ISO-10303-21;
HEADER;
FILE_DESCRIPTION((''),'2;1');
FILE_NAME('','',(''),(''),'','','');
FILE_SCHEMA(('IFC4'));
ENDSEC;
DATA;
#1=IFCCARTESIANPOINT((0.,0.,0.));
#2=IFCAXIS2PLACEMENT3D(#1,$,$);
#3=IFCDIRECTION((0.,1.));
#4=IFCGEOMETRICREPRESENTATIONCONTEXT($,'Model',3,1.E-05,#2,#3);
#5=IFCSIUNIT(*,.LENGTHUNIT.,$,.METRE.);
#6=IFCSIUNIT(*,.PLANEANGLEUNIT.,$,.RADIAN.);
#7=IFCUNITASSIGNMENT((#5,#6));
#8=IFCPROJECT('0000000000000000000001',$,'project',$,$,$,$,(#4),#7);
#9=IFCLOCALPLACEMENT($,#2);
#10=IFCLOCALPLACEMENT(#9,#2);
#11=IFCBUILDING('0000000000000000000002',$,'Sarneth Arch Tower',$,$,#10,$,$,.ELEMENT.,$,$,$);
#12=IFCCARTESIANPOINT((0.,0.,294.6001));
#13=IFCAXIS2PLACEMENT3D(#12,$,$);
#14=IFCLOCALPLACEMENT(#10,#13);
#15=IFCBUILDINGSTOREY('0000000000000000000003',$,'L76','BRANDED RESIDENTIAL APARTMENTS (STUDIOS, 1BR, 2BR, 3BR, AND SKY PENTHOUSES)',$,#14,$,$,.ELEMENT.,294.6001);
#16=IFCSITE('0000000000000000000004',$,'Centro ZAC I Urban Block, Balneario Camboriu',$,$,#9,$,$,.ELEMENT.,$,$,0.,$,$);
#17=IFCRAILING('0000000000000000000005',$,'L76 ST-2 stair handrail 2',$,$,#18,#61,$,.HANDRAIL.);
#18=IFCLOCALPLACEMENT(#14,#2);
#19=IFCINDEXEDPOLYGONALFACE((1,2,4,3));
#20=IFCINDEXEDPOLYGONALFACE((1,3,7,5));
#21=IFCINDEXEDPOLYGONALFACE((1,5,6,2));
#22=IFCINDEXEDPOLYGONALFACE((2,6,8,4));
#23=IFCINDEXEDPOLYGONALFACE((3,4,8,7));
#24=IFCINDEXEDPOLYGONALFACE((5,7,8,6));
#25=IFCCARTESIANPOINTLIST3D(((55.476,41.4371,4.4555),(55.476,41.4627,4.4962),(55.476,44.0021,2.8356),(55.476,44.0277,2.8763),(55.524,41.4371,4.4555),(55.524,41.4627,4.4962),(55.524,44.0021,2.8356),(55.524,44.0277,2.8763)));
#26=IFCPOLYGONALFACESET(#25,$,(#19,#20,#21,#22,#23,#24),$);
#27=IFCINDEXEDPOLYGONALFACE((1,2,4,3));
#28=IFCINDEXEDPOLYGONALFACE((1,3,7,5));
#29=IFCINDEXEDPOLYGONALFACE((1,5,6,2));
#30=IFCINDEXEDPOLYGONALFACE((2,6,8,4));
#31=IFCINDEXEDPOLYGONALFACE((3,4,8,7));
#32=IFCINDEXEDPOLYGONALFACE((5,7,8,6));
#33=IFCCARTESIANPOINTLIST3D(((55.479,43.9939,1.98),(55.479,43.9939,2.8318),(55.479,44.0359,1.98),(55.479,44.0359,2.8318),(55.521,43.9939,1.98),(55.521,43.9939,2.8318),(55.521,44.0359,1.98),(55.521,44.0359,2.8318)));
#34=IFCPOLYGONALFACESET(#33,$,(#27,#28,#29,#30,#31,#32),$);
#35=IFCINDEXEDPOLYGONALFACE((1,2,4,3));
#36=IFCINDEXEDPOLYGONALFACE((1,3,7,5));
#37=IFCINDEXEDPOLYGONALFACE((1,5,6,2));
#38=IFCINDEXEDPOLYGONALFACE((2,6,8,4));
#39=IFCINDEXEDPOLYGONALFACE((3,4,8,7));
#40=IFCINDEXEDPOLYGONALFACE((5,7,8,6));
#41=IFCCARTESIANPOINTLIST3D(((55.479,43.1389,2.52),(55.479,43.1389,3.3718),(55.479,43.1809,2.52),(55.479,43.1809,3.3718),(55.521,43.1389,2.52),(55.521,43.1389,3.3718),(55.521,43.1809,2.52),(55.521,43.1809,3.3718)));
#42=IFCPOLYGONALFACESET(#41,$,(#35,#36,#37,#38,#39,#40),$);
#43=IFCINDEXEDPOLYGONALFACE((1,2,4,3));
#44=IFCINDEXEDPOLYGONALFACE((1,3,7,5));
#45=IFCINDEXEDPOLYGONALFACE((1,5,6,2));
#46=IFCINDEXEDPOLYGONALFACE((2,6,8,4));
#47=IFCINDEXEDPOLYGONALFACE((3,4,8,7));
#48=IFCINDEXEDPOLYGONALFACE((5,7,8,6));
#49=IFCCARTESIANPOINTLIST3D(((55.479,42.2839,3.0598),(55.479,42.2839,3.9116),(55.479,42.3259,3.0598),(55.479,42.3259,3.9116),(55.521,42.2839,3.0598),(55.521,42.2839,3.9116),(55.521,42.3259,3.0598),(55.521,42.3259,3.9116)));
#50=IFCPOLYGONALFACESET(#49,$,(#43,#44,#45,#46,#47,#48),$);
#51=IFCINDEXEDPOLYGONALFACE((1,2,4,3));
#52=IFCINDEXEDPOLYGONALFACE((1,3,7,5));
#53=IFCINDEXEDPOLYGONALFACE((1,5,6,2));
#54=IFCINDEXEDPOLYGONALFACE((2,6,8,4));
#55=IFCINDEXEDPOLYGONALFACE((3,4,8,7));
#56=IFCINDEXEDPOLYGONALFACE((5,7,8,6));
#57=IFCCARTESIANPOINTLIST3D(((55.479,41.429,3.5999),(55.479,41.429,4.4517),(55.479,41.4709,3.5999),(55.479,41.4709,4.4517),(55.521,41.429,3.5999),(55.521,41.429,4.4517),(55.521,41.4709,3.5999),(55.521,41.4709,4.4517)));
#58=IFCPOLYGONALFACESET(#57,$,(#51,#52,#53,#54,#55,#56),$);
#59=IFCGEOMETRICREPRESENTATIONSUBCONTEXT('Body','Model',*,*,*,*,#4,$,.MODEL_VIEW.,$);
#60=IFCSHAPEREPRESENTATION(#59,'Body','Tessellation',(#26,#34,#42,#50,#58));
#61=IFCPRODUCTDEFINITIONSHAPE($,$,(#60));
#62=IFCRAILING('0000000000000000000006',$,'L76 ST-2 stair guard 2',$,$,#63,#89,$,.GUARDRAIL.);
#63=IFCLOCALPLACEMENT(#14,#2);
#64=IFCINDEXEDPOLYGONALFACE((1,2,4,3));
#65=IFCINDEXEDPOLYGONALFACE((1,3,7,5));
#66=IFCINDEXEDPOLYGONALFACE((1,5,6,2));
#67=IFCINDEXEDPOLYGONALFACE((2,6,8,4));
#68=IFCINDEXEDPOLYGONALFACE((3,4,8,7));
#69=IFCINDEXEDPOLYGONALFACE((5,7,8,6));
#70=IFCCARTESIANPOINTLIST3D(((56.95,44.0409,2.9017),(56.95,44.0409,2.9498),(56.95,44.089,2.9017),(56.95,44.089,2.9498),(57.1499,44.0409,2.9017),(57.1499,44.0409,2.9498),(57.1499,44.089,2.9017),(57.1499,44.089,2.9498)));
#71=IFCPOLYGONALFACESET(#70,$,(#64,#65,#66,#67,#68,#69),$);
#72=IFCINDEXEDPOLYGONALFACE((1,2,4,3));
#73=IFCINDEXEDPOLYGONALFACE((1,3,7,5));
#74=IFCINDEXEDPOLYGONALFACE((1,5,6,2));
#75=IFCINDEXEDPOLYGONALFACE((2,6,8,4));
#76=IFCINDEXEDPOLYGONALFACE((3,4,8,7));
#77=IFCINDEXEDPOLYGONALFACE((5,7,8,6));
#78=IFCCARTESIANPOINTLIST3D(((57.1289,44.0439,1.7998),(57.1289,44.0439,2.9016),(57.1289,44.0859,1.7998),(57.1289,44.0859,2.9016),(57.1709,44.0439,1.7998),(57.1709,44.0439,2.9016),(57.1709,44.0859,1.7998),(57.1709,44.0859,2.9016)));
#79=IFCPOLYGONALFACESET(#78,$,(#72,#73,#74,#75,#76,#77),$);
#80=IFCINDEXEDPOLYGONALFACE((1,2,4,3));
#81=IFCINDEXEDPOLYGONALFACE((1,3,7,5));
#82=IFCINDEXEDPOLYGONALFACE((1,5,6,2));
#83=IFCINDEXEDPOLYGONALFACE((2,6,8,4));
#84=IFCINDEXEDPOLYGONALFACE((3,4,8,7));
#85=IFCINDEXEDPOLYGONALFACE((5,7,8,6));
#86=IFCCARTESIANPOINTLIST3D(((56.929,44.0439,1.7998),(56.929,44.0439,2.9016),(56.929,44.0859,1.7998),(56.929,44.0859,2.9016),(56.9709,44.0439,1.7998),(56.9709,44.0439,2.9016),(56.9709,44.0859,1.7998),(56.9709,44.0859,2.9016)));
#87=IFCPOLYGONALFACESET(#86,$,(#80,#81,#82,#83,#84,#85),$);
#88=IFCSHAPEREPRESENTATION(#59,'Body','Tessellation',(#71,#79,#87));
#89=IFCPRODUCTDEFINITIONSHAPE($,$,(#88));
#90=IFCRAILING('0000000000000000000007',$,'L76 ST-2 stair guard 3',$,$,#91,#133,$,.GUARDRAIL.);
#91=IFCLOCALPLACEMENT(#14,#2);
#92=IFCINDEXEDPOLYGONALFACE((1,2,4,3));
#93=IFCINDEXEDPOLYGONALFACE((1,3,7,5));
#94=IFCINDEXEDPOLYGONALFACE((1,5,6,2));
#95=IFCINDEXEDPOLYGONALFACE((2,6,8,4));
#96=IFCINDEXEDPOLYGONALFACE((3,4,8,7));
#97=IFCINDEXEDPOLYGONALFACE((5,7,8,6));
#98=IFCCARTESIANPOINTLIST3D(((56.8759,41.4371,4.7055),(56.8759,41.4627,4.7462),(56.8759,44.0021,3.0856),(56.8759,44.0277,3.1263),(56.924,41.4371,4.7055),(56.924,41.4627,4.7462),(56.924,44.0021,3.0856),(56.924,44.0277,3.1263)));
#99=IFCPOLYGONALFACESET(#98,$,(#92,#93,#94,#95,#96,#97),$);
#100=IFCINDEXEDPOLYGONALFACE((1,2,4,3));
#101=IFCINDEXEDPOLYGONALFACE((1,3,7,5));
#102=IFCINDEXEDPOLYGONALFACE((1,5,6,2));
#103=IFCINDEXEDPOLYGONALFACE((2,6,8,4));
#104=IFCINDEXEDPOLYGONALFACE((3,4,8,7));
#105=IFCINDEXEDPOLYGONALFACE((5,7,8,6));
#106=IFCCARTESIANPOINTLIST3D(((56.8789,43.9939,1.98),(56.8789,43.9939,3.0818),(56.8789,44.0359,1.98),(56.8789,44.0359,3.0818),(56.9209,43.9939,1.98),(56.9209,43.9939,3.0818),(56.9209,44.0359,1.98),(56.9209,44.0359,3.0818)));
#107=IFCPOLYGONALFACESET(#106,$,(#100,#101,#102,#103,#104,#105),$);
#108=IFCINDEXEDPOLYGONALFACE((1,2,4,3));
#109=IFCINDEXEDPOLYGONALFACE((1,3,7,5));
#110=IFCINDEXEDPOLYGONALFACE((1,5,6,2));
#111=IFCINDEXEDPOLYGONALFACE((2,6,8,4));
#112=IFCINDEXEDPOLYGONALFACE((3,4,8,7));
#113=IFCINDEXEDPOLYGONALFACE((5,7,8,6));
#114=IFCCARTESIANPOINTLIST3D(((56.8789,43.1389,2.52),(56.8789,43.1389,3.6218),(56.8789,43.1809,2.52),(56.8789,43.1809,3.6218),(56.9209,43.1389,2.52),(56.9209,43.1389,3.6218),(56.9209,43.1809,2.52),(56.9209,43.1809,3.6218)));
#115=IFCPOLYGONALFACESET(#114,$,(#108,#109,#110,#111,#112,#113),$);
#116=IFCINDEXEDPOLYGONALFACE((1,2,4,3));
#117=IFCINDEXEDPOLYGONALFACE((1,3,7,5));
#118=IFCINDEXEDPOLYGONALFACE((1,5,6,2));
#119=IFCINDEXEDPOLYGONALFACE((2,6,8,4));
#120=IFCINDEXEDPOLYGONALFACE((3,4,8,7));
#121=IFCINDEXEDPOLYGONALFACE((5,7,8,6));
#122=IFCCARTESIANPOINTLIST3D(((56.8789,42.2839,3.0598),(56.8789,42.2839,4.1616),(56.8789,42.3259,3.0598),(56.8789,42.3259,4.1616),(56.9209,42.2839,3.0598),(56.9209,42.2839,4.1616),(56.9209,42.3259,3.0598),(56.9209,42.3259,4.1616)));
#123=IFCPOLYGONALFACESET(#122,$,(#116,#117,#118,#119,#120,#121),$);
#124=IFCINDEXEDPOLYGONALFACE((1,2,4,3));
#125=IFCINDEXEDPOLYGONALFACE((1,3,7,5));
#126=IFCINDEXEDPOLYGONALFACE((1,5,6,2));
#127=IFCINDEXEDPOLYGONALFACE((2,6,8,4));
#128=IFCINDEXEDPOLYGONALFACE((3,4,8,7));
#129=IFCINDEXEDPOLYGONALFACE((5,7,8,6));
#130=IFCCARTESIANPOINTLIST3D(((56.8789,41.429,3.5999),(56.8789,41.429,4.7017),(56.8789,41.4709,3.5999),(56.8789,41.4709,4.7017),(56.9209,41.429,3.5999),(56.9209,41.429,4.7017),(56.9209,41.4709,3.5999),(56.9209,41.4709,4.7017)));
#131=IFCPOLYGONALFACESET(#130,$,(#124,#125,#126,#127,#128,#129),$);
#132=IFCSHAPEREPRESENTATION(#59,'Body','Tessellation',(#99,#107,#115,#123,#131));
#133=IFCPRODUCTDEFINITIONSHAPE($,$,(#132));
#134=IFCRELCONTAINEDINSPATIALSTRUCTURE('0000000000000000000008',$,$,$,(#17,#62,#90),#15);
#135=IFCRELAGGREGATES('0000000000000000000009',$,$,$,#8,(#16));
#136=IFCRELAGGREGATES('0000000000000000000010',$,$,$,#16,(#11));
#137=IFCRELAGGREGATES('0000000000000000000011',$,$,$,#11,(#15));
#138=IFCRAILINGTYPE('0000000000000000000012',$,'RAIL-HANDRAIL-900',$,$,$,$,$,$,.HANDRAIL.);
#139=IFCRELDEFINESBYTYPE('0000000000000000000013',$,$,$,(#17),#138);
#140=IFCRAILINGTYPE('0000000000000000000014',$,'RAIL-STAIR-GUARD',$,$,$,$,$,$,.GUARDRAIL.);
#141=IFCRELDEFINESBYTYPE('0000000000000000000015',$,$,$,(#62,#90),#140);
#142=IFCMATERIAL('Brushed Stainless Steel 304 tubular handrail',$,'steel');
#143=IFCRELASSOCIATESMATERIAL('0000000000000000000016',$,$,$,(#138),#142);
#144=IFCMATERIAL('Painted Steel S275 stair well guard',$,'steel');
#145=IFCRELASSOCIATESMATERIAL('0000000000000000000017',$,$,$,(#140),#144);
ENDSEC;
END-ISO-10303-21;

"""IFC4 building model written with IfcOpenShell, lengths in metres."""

from ifc_helpers import new_model, si_unit, direction, frame, origin, origin_2d, place, context, subcontext, project, spatial, rectangle, extrude, material, type_object, element, save


model = new_model("IFC4")

# Units and contexts
model_context = context("Model", 3, precision=1e-05, world=origin(), true_north=direction((0.0, 1.0)))
body_context = subcontext(model_context, "Body", "Model", "MODEL_VIEW")
ifc_project = project(units=[si_unit("LENGTHUNIT", "METRE"), si_unit("PLANEANGLEUNIT", "RADIAN")], contexts=[model_context])

# Site, building, storey
site_placement = place(None, origin())
site = spatial("IfcSite", under=ifc_project, at=site_placement, Name="Centro ZAC I Urban Block, Balneario Camboriu", CompositionType="ELEMENT", RefElevation=0.0)
building_placement = place(site_placement, origin())
building = spatial("IfcBuilding", under=site, at=building_placement, Name="Sarneth Arch Tower", CompositionType="ELEMENT")
storey_placement = place(building_placement, frame((0.0, 0.0, 294.6001)))
storey = spatial("IfcBuildingStorey", under=building, at=storey_placement, Name="L76", Description="BRANDED RESIDENTIAL APARTMENTS (STUDIOS, 1BR, 2BR, 3BR, AND SKY PENTHOUSES)", CompositionType="ELEMENT", Elevation=294.6001)

# Railings
ifc_material_1 = material(Name="Brushed Stainless Steel 304 tubular handrail", Category="steel")
railing_type_1 = type_object("IfcRailingType", Name="RAIL-HANDRAIL-900", PredefinedType="HANDRAIL", material=ifc_material_1)
railing_1_placement = place(storey_placement, frame((55.5, 44.0149, 1.98)))
element("IfcRailing", 1, at=railing_1_placement, inside=storey, type_object=railing_type_1, Name="L76 ST-2 stair handrail 2", PredefinedType="HANDRAIL", context=body_context, shape_type="SweptSolid", body=[
    extrude(rectangle(XDim=0.0481, YDim=0.0481, at=origin_2d()), frame((0.0, 0.0, 0.876), z_axis=(0.0, -0.845502, 0.533972), x_axis=(1.0, 0.0, 0.0)), (0.0, 0.0, 1.0), 3.0337),
    extrude(rectangle(XDim=0.042, YDim=0.042, at=origin_2d()), origin(), (0.0, 0.0, 1.0), 0.8518),
    extrude(rectangle(XDim=0.042, YDim=0.042, at=origin_2d()), frame((0.0, -0.855, 0.54)), (0.0, 0.0, 1.0), 0.8518),
    extrude(rectangle(XDim=0.042, YDim=0.042, at=origin_2d()), frame((0.0, -1.71, 1.0798)), (0.0, 0.0, 1.0), 0.8518),
    extrude(rectangle(XDim=0.042, YDim=0.042, at=origin_2d()), frame((0.0, -2.5649, 1.6199)), (0.0, 0.0, 1.0), 0.8518),
])
ifc_material_2 = material(Name="Painted Steel S275 stair well guard", Category="steel")
railing_type_2 = type_object("IfcRailingType", Name="RAIL-STAIR-GUARD", PredefinedType="GUARDRAIL", material=ifc_material_2)
railing_2_placement = place(storey_placement, frame((57.1499, 44.0649, 1.7998)))
element("IfcRailing", 2, at=railing_2_placement, inside=storey, type_object=railing_type_2, Name="L76 ST-2 stair guard 2", PredefinedType="GUARDRAIL", context=body_context, shape_type="SweptSolid", body=[
    extrude(rectangle(XDim=0.0481, YDim=0.0481, at=origin_2d()), frame((0.0, 0.0, 1.126), z_axis=(-1.0, 0.0, 0.0), x_axis=(0.0, -1.0, 0.0)), (0.0, 0.0, 1.0), 0.2),
    extrude(rectangle(XDim=0.042, YDim=0.042, at=origin_2d()), origin(), (0.0, 0.0, 1.0), 1.1018),
    extrude(rectangle(XDim=0.042, YDim=0.042, at=origin_2d()), frame((-0.2, 0.0, 0.0)), (0.0, 0.0, 1.0), 1.1018),
])
railing_3_placement = place(storey_placement, frame((56.8999, 44.0149, 1.98)))
element("IfcRailing", 3, at=railing_3_placement, inside=storey, type_object=railing_type_2, Name="L76 ST-2 stair guard 3", PredefinedType="GUARDRAIL", context=body_context, shape_type="SweptSolid", body=[
    extrude(rectangle(XDim=0.0481, YDim=0.0481, at=origin_2d()), frame((0.0, 0.0, 1.126), z_axis=(0.0, -0.845502, 0.533972), x_axis=(1.0, 0.0, 0.0)), (0.0, 0.0, 1.0), 3.0337),
    extrude(rectangle(XDim=0.042, YDim=0.042, at=origin_2d()), origin(), (0.0, 0.0, 1.0), 1.1018),
    extrude(rectangle(XDim=0.042, YDim=0.042, at=origin_2d()), frame((0.0, -0.855, 0.54)), (0.0, 0.0, 1.0), 1.1018),
    extrude(rectangle(XDim=0.042, YDim=0.042, at=origin_2d()), frame((0.0, -1.71, 1.0798)), (0.0, 0.0, 1.0), 1.1018),
    extrude(rectangle(XDim=0.042, YDim=0.042, at=origin_2d()), frame((0.0, -2.5649, 1.6199)), (0.0, 0.0, 1.0), 1.1018),
])

save(model, "model.ifc")
